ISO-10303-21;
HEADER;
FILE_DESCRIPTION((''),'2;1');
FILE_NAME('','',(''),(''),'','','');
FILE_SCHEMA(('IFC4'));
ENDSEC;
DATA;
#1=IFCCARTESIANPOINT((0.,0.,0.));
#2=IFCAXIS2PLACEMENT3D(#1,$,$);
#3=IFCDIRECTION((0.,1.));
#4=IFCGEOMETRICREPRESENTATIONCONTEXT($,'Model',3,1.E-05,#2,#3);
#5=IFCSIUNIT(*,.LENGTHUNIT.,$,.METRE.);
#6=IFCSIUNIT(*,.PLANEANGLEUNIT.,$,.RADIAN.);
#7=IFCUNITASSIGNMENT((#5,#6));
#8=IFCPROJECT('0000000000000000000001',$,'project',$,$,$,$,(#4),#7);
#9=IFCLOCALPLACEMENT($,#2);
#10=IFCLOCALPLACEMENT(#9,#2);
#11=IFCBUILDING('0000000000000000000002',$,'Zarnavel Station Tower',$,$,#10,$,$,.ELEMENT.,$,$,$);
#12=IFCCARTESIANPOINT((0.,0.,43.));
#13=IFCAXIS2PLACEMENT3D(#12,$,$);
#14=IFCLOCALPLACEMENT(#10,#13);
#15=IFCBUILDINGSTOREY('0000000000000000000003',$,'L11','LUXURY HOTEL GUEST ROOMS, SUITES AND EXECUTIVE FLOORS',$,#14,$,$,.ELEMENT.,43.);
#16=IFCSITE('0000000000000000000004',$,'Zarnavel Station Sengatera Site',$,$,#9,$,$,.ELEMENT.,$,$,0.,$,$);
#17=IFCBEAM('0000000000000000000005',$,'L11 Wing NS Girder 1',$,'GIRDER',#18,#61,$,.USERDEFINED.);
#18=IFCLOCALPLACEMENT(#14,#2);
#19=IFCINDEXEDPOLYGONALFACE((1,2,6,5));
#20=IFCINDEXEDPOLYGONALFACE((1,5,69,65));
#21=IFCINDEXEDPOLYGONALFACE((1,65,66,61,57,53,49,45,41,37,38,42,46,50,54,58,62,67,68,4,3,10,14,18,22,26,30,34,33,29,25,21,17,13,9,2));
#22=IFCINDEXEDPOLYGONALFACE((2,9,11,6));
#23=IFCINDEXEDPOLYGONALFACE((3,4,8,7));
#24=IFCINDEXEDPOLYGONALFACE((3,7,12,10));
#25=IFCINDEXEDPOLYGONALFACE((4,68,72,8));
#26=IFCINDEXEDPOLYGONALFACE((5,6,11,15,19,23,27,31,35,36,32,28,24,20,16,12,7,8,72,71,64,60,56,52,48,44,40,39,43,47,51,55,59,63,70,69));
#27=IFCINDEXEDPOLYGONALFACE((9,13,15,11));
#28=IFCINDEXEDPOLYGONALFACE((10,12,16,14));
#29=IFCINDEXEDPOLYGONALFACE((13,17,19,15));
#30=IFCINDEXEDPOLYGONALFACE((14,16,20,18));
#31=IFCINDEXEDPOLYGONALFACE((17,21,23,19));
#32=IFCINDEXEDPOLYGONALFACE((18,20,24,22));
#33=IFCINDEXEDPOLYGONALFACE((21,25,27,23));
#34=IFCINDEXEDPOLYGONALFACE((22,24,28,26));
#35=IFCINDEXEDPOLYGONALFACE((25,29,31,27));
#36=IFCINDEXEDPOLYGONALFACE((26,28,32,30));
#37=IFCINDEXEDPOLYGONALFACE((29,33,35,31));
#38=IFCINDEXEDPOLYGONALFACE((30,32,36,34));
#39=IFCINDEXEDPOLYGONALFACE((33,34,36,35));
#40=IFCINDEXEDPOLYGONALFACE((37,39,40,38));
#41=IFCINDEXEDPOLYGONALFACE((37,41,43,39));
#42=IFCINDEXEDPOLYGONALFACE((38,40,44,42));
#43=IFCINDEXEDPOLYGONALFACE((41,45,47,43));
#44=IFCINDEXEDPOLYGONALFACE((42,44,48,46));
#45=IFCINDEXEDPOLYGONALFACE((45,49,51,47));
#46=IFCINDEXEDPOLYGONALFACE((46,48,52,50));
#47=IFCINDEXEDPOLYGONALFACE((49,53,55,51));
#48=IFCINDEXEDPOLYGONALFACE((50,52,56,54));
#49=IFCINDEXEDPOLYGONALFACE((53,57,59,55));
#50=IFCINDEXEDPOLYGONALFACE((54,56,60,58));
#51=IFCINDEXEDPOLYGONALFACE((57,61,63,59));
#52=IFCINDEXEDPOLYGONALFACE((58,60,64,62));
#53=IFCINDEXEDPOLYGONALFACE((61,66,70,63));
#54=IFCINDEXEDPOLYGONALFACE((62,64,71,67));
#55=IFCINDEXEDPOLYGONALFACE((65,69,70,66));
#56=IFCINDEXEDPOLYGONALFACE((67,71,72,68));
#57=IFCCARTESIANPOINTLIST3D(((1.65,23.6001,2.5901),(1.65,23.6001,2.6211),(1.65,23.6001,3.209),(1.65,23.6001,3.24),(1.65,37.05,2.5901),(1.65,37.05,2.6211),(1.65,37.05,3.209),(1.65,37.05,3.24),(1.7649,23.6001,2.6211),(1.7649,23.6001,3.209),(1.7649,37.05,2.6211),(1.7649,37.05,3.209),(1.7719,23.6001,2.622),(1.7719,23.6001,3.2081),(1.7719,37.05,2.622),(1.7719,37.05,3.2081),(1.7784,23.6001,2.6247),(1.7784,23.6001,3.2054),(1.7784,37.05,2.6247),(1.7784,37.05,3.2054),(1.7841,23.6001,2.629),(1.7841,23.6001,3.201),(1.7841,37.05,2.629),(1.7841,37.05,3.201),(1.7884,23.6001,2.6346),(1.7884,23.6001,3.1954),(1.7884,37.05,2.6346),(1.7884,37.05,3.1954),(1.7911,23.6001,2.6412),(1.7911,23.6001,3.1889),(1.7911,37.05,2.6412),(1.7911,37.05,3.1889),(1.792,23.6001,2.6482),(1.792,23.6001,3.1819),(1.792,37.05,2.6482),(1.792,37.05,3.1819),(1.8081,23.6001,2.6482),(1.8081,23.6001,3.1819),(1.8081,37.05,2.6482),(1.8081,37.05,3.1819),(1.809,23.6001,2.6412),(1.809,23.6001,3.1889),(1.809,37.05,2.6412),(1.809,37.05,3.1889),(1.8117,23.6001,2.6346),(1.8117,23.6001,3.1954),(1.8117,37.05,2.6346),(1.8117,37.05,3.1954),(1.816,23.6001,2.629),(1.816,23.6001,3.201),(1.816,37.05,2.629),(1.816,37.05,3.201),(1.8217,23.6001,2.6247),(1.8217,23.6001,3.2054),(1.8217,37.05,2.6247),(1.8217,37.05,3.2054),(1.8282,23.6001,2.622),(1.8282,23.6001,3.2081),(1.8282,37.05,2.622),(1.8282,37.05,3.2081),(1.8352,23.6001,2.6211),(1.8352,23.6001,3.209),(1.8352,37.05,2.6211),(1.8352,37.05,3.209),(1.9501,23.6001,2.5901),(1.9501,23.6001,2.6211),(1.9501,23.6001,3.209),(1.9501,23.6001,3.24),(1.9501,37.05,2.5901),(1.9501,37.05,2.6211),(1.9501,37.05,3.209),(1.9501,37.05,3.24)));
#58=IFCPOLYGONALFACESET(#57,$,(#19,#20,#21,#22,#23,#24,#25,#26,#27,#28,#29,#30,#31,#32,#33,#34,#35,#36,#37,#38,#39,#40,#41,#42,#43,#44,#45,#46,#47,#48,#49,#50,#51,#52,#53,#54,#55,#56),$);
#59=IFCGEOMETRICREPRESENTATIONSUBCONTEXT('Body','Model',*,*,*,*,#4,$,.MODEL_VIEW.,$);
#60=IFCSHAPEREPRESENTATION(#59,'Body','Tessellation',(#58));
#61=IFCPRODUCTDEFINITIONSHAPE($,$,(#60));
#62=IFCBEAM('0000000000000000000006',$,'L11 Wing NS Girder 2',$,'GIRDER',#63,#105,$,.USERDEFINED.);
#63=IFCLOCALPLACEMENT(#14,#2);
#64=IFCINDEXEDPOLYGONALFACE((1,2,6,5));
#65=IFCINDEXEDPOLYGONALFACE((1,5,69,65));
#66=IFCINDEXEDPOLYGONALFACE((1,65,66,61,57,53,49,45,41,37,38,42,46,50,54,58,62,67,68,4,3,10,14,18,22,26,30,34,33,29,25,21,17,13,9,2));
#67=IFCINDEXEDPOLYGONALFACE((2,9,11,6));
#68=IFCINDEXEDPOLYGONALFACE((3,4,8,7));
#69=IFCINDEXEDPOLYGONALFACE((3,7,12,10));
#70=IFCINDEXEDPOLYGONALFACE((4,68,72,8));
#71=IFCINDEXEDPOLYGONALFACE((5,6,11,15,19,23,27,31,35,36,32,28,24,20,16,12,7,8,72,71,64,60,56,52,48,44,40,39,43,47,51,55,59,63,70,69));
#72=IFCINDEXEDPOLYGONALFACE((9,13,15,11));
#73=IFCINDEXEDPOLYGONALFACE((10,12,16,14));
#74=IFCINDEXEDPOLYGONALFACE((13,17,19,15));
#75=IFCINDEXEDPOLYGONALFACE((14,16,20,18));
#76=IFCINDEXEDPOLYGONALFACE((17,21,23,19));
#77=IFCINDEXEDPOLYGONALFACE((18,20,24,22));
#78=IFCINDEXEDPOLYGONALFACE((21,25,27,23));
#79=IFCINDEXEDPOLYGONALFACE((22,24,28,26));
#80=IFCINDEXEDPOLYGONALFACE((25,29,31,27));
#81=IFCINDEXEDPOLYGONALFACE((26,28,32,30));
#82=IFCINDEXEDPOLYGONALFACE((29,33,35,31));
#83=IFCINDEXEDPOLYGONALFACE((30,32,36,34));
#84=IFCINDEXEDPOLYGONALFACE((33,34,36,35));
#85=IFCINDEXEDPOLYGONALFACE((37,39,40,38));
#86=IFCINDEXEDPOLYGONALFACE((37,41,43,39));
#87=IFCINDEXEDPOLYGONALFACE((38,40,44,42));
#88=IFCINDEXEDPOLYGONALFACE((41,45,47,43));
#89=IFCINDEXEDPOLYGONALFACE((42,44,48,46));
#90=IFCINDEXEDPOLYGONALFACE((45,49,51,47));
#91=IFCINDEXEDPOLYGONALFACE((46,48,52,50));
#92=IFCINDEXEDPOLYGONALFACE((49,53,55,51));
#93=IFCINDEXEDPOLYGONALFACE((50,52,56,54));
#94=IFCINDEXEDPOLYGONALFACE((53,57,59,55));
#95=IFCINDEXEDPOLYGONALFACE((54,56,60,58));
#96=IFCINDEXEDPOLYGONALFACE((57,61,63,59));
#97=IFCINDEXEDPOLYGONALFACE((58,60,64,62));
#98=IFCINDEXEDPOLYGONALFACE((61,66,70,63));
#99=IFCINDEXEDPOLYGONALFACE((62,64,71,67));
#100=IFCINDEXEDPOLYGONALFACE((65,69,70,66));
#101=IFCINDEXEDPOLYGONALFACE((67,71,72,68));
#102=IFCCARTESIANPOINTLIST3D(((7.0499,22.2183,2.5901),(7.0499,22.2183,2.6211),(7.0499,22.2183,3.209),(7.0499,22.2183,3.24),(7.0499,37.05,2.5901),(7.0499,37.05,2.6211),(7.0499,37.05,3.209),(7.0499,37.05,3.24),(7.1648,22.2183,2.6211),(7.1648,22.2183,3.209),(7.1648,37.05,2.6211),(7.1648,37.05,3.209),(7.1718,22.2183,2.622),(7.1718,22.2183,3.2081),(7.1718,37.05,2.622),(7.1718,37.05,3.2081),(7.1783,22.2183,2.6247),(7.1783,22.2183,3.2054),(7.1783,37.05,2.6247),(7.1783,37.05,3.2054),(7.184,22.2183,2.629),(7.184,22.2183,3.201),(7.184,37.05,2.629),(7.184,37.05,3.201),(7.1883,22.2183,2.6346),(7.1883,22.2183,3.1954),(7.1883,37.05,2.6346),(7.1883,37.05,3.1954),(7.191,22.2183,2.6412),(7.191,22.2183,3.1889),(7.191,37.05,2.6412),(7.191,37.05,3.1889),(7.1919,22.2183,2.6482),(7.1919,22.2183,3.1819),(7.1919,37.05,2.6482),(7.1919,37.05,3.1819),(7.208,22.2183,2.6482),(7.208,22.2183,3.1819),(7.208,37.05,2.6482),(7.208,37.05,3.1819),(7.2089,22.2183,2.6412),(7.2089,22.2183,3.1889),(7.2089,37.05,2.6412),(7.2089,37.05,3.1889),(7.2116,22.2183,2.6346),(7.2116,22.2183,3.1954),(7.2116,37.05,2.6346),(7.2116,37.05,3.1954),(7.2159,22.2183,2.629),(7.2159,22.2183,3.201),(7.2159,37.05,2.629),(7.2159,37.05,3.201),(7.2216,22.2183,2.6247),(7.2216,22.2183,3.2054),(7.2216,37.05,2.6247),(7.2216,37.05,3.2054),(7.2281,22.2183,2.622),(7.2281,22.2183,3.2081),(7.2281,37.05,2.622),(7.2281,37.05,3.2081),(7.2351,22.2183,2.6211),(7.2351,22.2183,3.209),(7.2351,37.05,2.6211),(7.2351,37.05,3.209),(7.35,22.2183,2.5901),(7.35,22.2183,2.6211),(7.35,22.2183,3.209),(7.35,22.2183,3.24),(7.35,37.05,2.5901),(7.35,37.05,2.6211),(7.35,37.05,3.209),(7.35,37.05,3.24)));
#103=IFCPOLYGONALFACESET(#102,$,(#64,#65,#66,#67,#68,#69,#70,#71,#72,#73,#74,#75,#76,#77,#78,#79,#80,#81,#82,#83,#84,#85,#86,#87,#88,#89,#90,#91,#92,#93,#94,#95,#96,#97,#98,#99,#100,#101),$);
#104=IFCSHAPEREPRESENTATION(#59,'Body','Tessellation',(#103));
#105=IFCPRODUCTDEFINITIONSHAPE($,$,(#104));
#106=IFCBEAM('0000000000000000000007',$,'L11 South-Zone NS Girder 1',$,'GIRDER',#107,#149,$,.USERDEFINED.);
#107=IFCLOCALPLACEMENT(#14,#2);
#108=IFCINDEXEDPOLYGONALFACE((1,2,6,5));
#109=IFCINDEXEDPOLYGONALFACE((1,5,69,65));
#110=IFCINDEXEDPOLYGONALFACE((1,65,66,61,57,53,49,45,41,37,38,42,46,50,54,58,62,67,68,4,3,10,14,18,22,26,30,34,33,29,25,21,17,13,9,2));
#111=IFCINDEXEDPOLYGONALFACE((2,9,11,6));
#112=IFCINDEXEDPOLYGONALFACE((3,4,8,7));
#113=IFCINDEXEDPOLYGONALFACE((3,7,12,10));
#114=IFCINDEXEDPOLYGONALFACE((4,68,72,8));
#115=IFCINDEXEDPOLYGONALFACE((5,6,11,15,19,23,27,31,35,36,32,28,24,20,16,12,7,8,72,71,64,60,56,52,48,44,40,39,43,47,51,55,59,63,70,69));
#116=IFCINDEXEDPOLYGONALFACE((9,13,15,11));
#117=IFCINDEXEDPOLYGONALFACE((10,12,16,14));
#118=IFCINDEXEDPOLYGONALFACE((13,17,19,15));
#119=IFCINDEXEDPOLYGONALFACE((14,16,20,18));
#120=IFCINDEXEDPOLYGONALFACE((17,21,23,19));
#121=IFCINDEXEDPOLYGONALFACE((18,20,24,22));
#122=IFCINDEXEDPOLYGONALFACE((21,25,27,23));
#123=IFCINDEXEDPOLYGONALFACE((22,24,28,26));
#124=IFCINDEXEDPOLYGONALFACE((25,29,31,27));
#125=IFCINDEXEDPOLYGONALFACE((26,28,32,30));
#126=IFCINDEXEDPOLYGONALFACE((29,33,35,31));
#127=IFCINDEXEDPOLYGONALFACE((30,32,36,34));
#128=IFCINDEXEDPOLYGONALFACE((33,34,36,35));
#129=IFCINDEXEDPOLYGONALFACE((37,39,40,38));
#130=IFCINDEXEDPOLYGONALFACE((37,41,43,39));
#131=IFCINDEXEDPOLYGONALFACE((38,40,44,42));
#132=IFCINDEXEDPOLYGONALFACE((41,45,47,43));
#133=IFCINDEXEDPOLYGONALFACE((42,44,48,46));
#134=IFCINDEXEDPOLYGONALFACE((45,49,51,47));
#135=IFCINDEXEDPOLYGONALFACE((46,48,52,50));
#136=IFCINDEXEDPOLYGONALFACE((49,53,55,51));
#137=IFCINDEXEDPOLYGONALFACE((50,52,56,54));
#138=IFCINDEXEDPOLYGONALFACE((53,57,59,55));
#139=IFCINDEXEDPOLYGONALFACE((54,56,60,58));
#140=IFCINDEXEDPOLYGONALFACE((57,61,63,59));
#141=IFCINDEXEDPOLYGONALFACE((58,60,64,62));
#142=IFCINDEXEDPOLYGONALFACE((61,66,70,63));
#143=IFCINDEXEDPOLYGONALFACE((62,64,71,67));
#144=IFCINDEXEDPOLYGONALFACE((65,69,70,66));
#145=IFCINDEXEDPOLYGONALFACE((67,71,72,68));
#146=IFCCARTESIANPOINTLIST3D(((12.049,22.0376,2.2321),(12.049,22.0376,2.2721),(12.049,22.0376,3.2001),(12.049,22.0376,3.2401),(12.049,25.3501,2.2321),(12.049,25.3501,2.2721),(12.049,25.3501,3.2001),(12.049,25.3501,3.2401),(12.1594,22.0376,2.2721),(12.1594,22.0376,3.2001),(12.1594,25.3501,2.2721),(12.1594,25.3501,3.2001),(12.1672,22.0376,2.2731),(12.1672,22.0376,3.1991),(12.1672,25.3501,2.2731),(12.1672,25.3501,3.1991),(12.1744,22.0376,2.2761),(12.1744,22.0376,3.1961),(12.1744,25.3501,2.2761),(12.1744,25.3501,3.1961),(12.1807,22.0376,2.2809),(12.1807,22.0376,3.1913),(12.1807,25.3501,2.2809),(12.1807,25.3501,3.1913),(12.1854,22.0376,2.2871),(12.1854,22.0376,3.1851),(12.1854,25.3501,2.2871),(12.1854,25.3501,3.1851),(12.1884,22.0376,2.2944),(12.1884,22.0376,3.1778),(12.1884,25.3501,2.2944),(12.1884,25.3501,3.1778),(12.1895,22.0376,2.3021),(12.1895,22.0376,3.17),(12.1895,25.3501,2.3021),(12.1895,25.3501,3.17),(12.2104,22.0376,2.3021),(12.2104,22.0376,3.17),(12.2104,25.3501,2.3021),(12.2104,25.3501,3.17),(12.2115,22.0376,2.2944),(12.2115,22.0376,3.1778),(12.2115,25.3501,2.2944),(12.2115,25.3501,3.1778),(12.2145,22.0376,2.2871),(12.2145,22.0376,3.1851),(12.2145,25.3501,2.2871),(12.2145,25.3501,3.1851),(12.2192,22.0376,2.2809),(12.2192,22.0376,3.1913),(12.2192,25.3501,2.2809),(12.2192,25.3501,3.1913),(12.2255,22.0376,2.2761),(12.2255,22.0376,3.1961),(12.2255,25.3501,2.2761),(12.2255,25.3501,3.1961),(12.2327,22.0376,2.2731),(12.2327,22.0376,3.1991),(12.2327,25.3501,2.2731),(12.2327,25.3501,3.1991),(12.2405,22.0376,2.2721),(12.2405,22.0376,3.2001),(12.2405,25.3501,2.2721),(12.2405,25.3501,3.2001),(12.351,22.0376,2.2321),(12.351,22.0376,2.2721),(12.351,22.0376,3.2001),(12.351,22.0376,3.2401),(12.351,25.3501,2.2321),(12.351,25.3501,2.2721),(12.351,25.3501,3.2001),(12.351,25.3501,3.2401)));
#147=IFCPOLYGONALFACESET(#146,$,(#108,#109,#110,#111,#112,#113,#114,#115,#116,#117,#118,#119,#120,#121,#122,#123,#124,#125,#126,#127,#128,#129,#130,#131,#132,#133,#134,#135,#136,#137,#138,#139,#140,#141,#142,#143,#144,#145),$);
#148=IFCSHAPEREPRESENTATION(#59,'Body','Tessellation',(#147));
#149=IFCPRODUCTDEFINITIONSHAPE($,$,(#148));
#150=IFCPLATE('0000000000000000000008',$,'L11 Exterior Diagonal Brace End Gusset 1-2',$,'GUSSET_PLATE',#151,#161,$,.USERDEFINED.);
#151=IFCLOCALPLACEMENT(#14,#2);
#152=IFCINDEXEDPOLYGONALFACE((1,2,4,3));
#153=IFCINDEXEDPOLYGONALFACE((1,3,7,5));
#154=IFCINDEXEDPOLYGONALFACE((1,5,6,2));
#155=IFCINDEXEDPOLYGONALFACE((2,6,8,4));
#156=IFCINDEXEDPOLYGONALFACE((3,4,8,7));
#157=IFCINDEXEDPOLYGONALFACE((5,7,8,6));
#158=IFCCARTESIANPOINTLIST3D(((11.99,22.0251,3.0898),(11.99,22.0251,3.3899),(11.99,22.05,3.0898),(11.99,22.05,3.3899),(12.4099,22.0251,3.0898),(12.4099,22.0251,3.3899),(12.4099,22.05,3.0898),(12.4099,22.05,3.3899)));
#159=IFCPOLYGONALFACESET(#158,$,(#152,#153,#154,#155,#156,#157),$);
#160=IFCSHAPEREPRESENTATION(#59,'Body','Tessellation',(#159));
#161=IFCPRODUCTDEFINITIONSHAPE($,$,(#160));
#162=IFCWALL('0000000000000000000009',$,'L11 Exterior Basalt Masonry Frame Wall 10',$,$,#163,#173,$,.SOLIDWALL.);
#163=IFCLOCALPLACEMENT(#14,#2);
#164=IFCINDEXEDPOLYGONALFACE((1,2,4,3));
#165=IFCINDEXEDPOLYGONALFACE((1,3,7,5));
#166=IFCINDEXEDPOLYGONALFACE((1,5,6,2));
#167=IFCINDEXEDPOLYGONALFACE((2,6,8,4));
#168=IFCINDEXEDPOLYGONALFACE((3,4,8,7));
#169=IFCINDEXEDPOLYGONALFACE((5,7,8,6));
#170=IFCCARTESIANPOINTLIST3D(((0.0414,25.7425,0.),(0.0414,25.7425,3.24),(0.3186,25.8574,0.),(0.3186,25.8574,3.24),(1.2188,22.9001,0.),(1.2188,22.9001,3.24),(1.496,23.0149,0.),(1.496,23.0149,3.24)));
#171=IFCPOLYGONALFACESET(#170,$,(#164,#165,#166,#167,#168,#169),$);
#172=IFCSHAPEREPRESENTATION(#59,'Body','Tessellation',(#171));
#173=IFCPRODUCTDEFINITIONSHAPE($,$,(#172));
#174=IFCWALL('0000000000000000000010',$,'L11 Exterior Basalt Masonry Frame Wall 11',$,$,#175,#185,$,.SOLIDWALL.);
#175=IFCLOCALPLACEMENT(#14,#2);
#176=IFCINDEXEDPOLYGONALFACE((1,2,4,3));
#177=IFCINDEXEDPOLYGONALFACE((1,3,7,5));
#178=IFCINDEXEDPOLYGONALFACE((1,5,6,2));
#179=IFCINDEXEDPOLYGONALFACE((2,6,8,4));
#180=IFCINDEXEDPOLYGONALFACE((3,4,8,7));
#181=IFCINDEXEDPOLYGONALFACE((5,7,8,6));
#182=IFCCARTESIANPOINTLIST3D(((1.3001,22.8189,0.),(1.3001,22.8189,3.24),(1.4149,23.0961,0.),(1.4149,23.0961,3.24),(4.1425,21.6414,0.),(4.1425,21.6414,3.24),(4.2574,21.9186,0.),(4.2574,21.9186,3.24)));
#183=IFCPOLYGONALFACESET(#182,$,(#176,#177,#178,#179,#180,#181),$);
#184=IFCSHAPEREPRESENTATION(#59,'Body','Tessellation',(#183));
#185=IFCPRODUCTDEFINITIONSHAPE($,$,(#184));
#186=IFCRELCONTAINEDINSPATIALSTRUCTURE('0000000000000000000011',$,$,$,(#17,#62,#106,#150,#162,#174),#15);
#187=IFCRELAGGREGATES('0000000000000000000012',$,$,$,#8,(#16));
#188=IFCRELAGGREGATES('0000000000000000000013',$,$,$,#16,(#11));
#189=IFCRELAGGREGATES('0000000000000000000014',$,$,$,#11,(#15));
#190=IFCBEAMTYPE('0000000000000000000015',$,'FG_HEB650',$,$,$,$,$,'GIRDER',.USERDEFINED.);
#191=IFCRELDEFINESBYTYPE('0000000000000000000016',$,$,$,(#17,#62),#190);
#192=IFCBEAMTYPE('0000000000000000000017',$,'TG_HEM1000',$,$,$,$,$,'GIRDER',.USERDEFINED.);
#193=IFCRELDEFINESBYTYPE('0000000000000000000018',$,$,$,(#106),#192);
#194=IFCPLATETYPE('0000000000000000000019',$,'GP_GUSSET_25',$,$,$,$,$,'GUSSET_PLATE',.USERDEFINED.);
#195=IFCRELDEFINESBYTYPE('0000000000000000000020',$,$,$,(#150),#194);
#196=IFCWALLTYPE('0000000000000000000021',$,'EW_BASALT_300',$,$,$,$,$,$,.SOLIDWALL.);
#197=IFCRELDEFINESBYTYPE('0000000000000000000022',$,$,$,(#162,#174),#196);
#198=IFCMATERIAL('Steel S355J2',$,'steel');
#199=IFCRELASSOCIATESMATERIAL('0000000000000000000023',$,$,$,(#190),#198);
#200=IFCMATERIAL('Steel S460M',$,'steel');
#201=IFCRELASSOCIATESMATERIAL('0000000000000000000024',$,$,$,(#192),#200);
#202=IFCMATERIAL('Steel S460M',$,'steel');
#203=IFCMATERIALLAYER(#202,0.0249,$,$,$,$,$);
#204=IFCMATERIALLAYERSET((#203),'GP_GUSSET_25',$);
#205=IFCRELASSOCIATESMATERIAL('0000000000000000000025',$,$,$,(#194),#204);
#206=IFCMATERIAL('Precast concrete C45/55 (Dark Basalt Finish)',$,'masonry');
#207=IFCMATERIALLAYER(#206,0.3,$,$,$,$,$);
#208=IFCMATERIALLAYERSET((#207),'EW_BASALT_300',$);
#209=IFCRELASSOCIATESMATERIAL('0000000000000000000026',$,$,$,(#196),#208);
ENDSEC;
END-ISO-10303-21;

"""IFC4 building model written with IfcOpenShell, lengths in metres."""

from ifc_helpers import new_model, si_unit, direction, frame, frame_2d, origin, origin_2d, place, context, subcontext, project, spatial, rectangle, i_section, extrude, material, layer, layer_set, material_profile, profile_set, type_object, element, save


model = new_model("IFC4")

# Units and contexts
model_context = context("Model", 3, precision=1e-05, world=origin(), true_north=direction((0.0, 1.0)))
body_context = subcontext(model_context, "Body", "Model", "MODEL_VIEW")
ifc_project = project(units=[si_unit("LENGTHUNIT", "METRE"), si_unit("PLANEANGLEUNIT", "RADIAN")], contexts=[model_context])

# Site, building, storey
site_placement = place(None, origin())
site = spatial("IfcSite", under=ifc_project, at=site_placement, Name="Zarnavel Station Sengatera Site", CompositionType="ELEMENT", RefElevation=0.0)
building_placement = place(site_placement, origin())
building = spatial("IfcBuilding", under=site, at=building_placement, Name="Zarnavel Station Tower", CompositionType="ELEMENT")
storey_placement = place(building_placement, frame((0.0, 0.0, 43.0)))
storey = spatial("IfcBuildingStorey", under=building, at=storey_placement, Name="L11", Description="LUXURY HOTEL GUEST ROOMS, SUITES AND EXECUTIVE FLOORS", CompositionType="ELEMENT", Elevation=43.0)

# Beams
ifc_material_1 = material(Name="Steel S355J2", Category="steel")
ifc_material_profile_1 = material_profile(ifc_material_1, i_section(OverallWidth=0.3, OverallDepth=0.6499, WebThickness=0.0161, FlangeThickness=0.031, FilletRadius=0.0271, at=origin_2d()), Name="HEB650")
ifc_profile_set_1 = profile_set([ifc_material_profile_1], Name="Steel S355J2")
beam_type_1 = type_object("IfcBeamType", Name="FG_HEB650", ElementType="GIRDER", PredefinedType="USERDEFINED", material=ifc_profile_set_1)
beam_1_placement = place(storey_placement, frame((1.8, 23.6001, 2.915), z_axis=(0.0, 1.0, 0.0), x_axis=(-1.0, 0.0, 0.0)))
element("IfcBeam", 1, at=beam_1_placement, inside=storey, type_object=beam_type_1, Name="L11 Wing NS Girder 1", ObjectType="GIRDER", PredefinedType="USERDEFINED", context=body_context, shape_type="SweptSolid", body=[
    extrude(i_section(OverallWidth=0.3, OverallDepth=0.6499, WebThickness=0.0161, FlangeThickness=0.031, FilletRadius=0.0271, at=origin_2d()), origin(), (0.0, 0.0, 1.0), 13.45),
])
beam_2_placement = place(storey_placement, frame((7.2, 22.2183, 2.915), z_axis=(0.0, 1.0, 0.0), x_axis=(-1.0, 0.0, 0.0)))
element("IfcBeam", 2, at=beam_2_placement, inside=storey, type_object=beam_type_1, Name="L11 Wing NS Girder 2", ObjectType="GIRDER", PredefinedType="USERDEFINED", context=body_context, shape_type="SweptSolid", body=[
    extrude(i_section(OverallWidth=0.3, OverallDepth=0.6499, WebThickness=0.0161, FlangeThickness=0.031, FilletRadius=0.0271, at=origin_2d()), origin(), (0.0, 0.0, 1.0), 14.8318),
])
ifc_material_2 = material(Name="Steel S460M", Category="steel")
ifc_material_profile_2 = material_profile(ifc_material_2, i_section(OverallWidth=0.302, OverallDepth=1.0081, WebThickness=0.021, FlangeThickness=0.04, FilletRadius=0.03, at=origin_2d()), Name="HEM1000")
ifc_profile_set_2 = profile_set([ifc_material_profile_2], Name="Steel S460M")
beam_type_2 = type_object("IfcBeamType", Name="TG_HEM1000", ElementType="GIRDER", PredefinedType="USERDEFINED", material=ifc_profile_set_2)
beam_3_placement = place(storey_placement, frame((12.2, 22.0376, 2.7361), z_axis=(0.0, 1.0, 0.0), x_axis=(-1.0, 0.0, 0.0)))
element("IfcBeam", 3, at=beam_3_placement, inside=storey, type_object=beam_type_2, Name="L11 South-Zone NS Girder 1", ObjectType="GIRDER", PredefinedType="USERDEFINED", context=body_context, shape_type="SweptSolid", body=[
    extrude(i_section(OverallWidth=0.302, OverallDepth=1.0081, WebThickness=0.021, FlangeThickness=0.04, FilletRadius=0.03, at=origin_2d()), origin(), (0.0, 0.0, 1.0), 3.3125),
])

# Plate
ifc_material_3 = material(Name="Steel S460M", Category="steel")
ifc_layer_1 = layer(ifc_material_3, 0.0249)
ifc_layer_set_1 = layer_set([ifc_layer_1], Name="GP_GUSSET_25")
plate_type = type_object("IfcPlateType", Name="GP_GUSSET_25", ElementType="GUSSET_PLATE", PredefinedType="USERDEFINED", material=ifc_layer_set_1)
plate_placement = place(storey_placement, frame((12.2, 22.0376, 3.0898), z_axis=(0.0, 0.0, 1.0), x_axis=(1.0, 0.0, 0.0)))
element("IfcPlate", 4, at=plate_placement, inside=storey, type_object=plate_type, Name="L11 Exterior Diagonal Brace End Gusset 1-2", ObjectType="GUSSET_PLATE", PredefinedType="USERDEFINED", context=body_context, shape_type="SweptSolid", body=[
    extrude(rectangle(XDim=0.4199, YDim=0.0249, at=origin_2d()), origin(), (0.0, 0.0, 1.0), 0.3),
])

# Walls
ifc_material_4 = material(Name="Precast concrete C45/55 (Dark Basalt Finish)", Category="masonry")
ifc_layer_2 = layer(ifc_material_4, 0.3)
ifc_layer_set_2 = layer_set([ifc_layer_2], Name="EW_BASALT_300")
wall_type_1 = type_object("IfcWallType", Name="EW_BASALT_300", PredefinedType="SOLIDWALL", material=ifc_layer_set_2)
for number, where, z_axis, x_axis, name in (
    (5, (1.3574, 22.9575, 0.0), (0.0, 0.0, 1.0), (-0.382705, 0.923871, 0.0), "L11 Exterior Basalt Masonry Frame Wall 10"),
    (6, (4.2, 21.78, 0.0), (0.0, 0.0, 1.0), (-0.923871, 0.382705, 0.0), "L11 Exterior Basalt Masonry Frame Wall 11"),
):
    element("IfcWall", number, at=place(storey_placement, frame(where, z_axis=z_axis, x_axis=x_axis)), inside=storey, type_object=wall_type_1, Name=name, PredefinedType="SOLIDWALL", context=body_context, shape_type="SweptSolid", body=[
        extrude(rectangle(XDim=3.0767, YDim=0.3, at=frame_2d((1.5383, 0.0))), origin(), (0.0, 0.0, 1.0), 3.24),
    ])

save(model, "model.ifc")
